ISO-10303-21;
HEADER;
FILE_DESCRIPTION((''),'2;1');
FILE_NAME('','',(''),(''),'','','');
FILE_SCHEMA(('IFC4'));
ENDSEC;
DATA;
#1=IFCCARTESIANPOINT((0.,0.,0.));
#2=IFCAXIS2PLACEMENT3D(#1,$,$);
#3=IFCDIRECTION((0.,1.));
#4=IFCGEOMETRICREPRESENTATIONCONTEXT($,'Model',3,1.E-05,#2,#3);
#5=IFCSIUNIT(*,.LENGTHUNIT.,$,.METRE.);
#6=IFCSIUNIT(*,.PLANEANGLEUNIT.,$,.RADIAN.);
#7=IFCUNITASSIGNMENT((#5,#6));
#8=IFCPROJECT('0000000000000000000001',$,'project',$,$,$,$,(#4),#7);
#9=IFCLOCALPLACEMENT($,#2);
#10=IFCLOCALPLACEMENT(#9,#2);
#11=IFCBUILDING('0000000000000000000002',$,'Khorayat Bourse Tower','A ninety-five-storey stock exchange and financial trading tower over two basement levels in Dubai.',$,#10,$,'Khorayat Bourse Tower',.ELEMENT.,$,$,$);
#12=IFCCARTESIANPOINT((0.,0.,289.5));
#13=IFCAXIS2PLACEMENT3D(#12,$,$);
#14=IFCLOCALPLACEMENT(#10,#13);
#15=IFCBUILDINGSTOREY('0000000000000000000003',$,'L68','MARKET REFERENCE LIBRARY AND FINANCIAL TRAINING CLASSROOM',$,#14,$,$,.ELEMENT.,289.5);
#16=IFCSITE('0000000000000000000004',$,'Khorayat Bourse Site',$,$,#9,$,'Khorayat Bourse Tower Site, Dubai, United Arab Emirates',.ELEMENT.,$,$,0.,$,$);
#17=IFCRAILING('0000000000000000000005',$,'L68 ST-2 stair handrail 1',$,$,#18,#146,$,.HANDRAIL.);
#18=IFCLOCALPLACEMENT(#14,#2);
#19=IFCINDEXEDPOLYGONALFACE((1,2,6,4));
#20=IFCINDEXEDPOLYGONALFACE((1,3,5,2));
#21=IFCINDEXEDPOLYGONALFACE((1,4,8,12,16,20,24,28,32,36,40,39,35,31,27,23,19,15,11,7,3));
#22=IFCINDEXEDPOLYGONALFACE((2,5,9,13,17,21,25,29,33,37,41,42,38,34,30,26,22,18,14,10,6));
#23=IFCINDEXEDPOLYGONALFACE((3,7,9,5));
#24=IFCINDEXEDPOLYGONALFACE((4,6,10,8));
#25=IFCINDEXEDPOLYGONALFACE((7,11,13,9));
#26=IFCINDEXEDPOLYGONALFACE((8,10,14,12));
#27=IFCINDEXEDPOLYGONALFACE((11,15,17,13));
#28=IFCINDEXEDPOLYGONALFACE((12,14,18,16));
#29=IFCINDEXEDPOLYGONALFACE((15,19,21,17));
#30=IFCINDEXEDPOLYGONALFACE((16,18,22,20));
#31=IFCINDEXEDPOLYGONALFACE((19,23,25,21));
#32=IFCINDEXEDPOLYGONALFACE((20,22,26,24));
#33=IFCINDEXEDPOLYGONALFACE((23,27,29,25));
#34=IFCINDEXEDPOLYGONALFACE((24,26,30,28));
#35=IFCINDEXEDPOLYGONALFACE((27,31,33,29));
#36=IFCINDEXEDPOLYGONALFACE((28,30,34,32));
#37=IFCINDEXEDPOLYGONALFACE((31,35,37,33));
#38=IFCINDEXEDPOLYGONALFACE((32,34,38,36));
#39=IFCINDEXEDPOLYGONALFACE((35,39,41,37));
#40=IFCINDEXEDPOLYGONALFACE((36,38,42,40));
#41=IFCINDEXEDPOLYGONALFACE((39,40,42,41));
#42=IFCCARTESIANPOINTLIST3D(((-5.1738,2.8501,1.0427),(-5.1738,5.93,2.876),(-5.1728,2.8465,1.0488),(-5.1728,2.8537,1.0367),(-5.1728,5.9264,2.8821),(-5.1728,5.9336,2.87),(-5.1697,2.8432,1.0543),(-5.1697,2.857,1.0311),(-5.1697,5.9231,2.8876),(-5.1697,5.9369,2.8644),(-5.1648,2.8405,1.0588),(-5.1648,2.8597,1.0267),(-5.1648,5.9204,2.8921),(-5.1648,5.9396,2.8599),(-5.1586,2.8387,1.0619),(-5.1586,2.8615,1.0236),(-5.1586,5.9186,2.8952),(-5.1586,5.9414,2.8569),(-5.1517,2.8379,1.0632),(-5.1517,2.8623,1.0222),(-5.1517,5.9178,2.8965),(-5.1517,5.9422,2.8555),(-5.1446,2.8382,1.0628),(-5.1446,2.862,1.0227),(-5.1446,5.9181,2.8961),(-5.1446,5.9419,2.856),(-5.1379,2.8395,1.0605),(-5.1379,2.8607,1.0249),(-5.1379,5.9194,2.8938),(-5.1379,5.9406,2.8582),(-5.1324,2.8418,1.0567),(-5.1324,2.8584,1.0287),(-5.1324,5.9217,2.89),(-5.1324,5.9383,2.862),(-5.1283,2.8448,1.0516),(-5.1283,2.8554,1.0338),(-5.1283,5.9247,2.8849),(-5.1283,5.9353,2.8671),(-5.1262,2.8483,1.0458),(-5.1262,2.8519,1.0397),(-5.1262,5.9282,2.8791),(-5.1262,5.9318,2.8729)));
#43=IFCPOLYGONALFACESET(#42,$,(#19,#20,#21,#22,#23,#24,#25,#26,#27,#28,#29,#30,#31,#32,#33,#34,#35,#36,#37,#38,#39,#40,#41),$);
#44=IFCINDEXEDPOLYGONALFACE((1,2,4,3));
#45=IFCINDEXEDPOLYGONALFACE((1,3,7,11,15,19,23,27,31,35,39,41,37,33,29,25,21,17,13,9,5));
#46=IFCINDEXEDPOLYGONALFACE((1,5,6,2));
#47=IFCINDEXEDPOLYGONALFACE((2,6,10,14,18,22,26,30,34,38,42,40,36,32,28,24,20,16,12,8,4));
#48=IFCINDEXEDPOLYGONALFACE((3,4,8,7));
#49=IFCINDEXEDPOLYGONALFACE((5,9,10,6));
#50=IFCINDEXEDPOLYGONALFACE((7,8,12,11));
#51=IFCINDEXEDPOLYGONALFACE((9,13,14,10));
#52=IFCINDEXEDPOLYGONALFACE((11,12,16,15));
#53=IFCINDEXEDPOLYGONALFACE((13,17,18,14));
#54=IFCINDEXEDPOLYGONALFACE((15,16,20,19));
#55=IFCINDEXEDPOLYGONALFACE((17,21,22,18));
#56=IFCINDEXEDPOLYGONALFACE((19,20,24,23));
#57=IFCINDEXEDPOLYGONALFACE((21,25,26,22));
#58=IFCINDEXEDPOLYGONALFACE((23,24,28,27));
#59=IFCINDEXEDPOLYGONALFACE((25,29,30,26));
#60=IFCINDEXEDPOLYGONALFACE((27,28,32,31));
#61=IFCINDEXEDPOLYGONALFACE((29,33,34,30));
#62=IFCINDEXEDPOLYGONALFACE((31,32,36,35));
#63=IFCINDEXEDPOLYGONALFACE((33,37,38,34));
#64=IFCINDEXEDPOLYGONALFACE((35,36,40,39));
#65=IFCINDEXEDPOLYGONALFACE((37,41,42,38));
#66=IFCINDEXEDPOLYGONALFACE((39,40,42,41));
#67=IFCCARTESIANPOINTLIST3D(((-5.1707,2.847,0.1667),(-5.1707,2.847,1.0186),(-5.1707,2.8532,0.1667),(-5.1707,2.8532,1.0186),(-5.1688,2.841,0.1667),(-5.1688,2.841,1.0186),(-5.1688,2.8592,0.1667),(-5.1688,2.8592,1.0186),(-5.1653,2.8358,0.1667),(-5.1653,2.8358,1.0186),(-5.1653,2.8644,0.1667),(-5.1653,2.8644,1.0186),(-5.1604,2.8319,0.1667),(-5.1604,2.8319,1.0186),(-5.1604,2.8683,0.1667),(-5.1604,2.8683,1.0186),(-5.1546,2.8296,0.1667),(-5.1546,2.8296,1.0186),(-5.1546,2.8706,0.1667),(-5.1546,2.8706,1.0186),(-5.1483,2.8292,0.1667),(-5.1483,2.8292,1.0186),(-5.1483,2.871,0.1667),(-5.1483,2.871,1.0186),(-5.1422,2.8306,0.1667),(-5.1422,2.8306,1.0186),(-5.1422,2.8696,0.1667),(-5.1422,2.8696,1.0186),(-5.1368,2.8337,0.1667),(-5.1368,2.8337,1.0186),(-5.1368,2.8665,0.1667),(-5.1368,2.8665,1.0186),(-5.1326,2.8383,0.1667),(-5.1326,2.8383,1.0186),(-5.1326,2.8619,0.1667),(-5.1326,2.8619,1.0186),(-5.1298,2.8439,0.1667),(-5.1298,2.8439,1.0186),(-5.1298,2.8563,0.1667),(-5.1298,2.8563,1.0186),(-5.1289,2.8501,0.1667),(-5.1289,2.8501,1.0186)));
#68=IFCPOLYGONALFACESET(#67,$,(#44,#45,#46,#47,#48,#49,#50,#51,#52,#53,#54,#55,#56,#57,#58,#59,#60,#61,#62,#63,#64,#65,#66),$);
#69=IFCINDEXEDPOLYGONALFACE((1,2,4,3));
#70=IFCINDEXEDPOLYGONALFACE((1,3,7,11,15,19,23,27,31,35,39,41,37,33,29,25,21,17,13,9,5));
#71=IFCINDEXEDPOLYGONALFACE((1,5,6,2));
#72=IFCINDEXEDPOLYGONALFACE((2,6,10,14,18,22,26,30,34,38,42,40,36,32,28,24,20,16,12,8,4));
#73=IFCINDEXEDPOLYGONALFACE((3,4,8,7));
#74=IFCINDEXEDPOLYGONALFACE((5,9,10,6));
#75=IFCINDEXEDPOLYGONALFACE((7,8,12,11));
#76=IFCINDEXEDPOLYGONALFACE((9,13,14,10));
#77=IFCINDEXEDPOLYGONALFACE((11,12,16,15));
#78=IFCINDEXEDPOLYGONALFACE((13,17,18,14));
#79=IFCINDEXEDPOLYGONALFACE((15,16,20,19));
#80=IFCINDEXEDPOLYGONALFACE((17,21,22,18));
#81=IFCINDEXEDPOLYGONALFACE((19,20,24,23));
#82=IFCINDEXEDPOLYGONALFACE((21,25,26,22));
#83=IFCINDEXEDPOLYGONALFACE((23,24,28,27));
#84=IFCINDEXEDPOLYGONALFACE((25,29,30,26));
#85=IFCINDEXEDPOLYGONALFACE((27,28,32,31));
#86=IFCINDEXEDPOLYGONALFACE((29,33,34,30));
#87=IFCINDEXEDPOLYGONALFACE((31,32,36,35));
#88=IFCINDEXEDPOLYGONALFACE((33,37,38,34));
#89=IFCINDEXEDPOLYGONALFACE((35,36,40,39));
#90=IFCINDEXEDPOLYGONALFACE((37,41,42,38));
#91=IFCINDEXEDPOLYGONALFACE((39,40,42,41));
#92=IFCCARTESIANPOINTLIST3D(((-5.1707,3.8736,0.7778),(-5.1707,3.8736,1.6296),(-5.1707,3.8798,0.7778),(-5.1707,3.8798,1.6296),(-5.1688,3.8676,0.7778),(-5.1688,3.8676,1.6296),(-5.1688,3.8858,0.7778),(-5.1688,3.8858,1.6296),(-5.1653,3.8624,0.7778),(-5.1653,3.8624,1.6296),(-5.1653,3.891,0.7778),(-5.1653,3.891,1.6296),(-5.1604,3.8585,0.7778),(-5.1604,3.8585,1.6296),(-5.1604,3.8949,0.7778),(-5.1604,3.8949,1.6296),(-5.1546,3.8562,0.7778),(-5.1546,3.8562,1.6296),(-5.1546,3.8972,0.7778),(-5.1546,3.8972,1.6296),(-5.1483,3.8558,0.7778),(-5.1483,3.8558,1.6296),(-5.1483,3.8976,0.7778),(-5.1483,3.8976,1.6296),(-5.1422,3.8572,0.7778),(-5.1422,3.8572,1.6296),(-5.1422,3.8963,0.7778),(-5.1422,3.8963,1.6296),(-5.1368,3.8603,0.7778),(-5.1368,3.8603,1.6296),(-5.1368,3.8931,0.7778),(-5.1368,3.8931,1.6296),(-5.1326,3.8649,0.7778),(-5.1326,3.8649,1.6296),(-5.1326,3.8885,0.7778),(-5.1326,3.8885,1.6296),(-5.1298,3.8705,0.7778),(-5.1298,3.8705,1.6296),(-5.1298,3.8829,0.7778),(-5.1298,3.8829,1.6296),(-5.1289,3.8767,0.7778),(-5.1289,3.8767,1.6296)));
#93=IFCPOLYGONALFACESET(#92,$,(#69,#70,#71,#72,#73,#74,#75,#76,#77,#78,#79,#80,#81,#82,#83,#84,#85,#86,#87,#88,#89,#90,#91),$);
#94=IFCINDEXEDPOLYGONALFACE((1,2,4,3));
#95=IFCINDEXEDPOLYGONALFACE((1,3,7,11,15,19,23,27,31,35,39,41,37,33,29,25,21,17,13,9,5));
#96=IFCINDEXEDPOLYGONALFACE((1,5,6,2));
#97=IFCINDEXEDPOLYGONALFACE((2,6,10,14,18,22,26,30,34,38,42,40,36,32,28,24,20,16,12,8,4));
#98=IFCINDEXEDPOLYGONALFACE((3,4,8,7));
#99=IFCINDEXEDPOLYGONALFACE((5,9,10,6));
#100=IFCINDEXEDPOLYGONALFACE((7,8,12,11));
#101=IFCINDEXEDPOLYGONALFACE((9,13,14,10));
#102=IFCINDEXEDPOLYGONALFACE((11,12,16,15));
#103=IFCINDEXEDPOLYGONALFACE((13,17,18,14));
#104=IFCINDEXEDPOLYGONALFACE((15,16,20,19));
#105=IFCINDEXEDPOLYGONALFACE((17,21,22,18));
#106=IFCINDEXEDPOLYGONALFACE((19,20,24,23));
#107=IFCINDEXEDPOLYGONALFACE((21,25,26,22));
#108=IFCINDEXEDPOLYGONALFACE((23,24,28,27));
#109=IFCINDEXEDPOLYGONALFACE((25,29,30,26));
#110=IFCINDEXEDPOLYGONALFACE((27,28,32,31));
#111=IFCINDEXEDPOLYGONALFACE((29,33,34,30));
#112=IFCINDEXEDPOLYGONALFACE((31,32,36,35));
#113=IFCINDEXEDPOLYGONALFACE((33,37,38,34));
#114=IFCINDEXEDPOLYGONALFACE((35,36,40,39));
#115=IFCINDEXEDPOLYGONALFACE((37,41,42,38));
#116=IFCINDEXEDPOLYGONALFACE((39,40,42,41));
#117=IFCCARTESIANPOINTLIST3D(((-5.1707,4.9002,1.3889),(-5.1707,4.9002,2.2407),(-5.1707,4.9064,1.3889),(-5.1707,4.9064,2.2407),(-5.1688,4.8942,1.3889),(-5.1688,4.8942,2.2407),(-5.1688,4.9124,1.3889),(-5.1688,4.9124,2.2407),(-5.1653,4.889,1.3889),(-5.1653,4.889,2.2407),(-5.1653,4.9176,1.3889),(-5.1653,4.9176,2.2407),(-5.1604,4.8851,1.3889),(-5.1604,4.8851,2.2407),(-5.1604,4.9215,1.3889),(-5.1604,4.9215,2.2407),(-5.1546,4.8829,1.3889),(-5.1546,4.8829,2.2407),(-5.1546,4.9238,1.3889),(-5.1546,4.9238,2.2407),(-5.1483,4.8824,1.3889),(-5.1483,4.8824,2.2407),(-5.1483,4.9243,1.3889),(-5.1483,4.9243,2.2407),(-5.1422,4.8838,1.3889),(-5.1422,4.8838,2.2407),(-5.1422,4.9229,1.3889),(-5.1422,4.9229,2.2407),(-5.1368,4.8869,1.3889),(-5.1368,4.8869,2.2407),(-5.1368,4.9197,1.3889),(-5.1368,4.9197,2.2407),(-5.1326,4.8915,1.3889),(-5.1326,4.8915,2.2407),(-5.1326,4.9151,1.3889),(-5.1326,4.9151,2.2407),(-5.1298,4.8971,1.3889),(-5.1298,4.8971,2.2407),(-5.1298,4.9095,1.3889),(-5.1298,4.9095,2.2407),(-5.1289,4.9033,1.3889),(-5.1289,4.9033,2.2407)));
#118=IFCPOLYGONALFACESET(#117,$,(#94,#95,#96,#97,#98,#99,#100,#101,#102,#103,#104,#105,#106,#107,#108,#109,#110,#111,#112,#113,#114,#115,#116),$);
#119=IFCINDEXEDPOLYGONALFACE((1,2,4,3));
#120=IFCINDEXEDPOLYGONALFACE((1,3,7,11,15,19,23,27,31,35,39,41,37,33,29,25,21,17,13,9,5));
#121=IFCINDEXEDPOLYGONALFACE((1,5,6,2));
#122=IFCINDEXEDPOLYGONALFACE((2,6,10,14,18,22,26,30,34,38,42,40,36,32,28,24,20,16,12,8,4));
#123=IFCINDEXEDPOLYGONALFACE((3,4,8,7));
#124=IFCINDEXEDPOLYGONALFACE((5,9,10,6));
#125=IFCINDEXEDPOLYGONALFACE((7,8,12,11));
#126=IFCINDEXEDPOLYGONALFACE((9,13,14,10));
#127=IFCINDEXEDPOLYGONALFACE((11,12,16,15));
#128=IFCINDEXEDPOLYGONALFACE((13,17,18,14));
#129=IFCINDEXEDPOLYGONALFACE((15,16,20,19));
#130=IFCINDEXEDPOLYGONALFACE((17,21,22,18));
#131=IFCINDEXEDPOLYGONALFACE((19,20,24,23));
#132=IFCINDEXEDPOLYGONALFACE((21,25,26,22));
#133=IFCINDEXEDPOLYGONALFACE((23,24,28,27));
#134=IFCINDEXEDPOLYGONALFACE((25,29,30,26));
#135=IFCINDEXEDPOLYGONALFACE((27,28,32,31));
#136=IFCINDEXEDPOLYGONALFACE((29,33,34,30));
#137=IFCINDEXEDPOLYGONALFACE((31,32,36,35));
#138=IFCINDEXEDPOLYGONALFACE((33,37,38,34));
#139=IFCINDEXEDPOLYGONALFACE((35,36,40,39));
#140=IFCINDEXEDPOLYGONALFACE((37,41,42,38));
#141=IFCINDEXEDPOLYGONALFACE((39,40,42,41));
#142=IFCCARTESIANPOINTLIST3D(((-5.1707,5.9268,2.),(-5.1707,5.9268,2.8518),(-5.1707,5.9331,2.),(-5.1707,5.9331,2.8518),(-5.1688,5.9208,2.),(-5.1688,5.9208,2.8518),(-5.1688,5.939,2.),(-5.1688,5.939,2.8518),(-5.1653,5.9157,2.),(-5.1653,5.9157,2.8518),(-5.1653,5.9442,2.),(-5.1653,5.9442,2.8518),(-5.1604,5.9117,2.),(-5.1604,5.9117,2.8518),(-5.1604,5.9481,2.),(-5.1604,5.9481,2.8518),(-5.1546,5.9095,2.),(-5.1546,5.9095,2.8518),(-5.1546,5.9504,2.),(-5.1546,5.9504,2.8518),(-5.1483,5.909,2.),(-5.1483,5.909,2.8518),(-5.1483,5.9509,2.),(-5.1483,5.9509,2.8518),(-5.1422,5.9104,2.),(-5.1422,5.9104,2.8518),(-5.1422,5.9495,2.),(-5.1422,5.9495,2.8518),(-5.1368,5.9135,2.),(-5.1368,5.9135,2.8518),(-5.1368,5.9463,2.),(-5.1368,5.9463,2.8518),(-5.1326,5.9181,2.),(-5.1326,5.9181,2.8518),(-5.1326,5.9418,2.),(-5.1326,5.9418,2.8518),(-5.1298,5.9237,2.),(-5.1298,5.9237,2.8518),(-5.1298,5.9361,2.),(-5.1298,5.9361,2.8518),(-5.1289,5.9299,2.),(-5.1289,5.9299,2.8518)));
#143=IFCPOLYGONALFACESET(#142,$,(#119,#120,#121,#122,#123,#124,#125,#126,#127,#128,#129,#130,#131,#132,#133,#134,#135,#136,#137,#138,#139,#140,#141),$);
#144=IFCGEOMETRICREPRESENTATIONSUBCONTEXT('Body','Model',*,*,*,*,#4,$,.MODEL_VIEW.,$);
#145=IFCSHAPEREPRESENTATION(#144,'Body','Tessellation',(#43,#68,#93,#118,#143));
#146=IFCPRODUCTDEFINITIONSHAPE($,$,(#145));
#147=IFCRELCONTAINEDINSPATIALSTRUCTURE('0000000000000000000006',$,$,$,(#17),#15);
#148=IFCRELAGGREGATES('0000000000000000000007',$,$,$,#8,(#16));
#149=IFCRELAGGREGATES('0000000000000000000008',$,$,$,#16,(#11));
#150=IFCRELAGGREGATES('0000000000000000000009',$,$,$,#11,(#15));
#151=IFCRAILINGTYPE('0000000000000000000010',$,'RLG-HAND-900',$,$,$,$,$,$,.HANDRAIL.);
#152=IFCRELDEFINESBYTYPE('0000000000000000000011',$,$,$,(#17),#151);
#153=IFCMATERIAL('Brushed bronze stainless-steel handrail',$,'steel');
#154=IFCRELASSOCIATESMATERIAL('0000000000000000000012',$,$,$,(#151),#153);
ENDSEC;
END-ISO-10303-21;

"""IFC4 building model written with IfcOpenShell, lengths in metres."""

from ifc_helpers import new_model, si_unit, direction, frame, origin, origin_2d, place, context, subcontext, project, spatial, circle, extrude, source, transform, mapped, material, type_object, element, save


model = new_model("IFC4")

# Units and contexts
model_context = context("Model", 3, precision=1e-05, world=origin(), true_north=direction((0.0, 1.0)))
body_context = subcontext(model_context, "Body", "Model", "MODEL_VIEW")
ifc_project = project(units=[si_unit("LENGTHUNIT", "METRE"), si_unit("PLANEANGLEUNIT", "RADIAN")], contexts=[model_context])

# Site, building, storey
site_placement = place(None, origin())
site = spatial("IfcSite", under=ifc_project, at=site_placement, Name="Khorayat Bourse Site", LongName="Khorayat Bourse Tower Site, Dubai, United Arab Emirates", CompositionType="ELEMENT", RefElevation=0.0)
building_placement = place(site_placement, origin())
building = spatial("IfcBuilding", under=site, at=building_placement, Name="Khorayat Bourse Tower", Description="A ninety-five-storey stock exchange and financial trading tower over two basement levels in Dubai.", LongName="Khorayat Bourse Tower", CompositionType="ELEMENT")
storey_placement = place(building_placement, frame((0.0, 0.0, 289.5)))
storey = spatial("IfcBuildingStorey", under=building, at=storey_placement, Name="L68", Description="MARKET REFERENCE LIBRARY AND FINANCIAL TRAINING CLASSROOM", CompositionType="ELEMENT", Elevation=289.5)

# Railing
ifc_material_1 = material(Name="Brushed bronze stainless-steel handrail", Category="steel")
railing_type_1 = type_object("IfcRailingType", Name="RLG-HAND-900", PredefinedType="HANDRAIL", material=ifc_material_1)
shared_shape_1 = source(origin(), body_context, "Body", "SweptSolid", [
    extrude(circle(Radius=0.0239, at=origin_2d()), frame((0.0, 0.0, 0.876), z_axis=(0.0, 0.859291, 0.511487), x_axis=(-1.0, 0.0, 0.0)), (0.0, 0.0, 1.0), 3.5842),
    extrude(circle(Radius=0.021, at=origin_2d()), origin(), (0.0, 0.0, 1.0), 0.8518),
    extrude(circle(Radius=0.021, at=origin_2d()), frame((0.0, 1.0266, 0.6111)), (0.0, 0.0, 1.0), 0.8518),
    extrude(circle(Radius=0.021, at=origin_2d()), frame((0.0, 2.0532, 1.2222)), (0.0, 0.0, 1.0), 0.8518),
    extrude(circle(Radius=0.021, at=origin_2d()), frame((0.0, 3.0798, 1.8333)), (0.0, 0.0, 1.0), 0.8518),
])
railing_1_placement = place(storey_placement, frame((-5.1499, 2.8501, 0.1667)))
element("IfcRailing", 1, at=railing_1_placement, inside=storey, type_object=railing_type_1, Name="L68 ST-2 stair handrail 1", PredefinedType="HANDRAIL", context=body_context, shape_type="MappedRepresentation", body=[
    mapped(shared_shape_1, transform((0.0, 0.0, 0.0), scale=1.0)),
])

save(model, "model.ifc")
